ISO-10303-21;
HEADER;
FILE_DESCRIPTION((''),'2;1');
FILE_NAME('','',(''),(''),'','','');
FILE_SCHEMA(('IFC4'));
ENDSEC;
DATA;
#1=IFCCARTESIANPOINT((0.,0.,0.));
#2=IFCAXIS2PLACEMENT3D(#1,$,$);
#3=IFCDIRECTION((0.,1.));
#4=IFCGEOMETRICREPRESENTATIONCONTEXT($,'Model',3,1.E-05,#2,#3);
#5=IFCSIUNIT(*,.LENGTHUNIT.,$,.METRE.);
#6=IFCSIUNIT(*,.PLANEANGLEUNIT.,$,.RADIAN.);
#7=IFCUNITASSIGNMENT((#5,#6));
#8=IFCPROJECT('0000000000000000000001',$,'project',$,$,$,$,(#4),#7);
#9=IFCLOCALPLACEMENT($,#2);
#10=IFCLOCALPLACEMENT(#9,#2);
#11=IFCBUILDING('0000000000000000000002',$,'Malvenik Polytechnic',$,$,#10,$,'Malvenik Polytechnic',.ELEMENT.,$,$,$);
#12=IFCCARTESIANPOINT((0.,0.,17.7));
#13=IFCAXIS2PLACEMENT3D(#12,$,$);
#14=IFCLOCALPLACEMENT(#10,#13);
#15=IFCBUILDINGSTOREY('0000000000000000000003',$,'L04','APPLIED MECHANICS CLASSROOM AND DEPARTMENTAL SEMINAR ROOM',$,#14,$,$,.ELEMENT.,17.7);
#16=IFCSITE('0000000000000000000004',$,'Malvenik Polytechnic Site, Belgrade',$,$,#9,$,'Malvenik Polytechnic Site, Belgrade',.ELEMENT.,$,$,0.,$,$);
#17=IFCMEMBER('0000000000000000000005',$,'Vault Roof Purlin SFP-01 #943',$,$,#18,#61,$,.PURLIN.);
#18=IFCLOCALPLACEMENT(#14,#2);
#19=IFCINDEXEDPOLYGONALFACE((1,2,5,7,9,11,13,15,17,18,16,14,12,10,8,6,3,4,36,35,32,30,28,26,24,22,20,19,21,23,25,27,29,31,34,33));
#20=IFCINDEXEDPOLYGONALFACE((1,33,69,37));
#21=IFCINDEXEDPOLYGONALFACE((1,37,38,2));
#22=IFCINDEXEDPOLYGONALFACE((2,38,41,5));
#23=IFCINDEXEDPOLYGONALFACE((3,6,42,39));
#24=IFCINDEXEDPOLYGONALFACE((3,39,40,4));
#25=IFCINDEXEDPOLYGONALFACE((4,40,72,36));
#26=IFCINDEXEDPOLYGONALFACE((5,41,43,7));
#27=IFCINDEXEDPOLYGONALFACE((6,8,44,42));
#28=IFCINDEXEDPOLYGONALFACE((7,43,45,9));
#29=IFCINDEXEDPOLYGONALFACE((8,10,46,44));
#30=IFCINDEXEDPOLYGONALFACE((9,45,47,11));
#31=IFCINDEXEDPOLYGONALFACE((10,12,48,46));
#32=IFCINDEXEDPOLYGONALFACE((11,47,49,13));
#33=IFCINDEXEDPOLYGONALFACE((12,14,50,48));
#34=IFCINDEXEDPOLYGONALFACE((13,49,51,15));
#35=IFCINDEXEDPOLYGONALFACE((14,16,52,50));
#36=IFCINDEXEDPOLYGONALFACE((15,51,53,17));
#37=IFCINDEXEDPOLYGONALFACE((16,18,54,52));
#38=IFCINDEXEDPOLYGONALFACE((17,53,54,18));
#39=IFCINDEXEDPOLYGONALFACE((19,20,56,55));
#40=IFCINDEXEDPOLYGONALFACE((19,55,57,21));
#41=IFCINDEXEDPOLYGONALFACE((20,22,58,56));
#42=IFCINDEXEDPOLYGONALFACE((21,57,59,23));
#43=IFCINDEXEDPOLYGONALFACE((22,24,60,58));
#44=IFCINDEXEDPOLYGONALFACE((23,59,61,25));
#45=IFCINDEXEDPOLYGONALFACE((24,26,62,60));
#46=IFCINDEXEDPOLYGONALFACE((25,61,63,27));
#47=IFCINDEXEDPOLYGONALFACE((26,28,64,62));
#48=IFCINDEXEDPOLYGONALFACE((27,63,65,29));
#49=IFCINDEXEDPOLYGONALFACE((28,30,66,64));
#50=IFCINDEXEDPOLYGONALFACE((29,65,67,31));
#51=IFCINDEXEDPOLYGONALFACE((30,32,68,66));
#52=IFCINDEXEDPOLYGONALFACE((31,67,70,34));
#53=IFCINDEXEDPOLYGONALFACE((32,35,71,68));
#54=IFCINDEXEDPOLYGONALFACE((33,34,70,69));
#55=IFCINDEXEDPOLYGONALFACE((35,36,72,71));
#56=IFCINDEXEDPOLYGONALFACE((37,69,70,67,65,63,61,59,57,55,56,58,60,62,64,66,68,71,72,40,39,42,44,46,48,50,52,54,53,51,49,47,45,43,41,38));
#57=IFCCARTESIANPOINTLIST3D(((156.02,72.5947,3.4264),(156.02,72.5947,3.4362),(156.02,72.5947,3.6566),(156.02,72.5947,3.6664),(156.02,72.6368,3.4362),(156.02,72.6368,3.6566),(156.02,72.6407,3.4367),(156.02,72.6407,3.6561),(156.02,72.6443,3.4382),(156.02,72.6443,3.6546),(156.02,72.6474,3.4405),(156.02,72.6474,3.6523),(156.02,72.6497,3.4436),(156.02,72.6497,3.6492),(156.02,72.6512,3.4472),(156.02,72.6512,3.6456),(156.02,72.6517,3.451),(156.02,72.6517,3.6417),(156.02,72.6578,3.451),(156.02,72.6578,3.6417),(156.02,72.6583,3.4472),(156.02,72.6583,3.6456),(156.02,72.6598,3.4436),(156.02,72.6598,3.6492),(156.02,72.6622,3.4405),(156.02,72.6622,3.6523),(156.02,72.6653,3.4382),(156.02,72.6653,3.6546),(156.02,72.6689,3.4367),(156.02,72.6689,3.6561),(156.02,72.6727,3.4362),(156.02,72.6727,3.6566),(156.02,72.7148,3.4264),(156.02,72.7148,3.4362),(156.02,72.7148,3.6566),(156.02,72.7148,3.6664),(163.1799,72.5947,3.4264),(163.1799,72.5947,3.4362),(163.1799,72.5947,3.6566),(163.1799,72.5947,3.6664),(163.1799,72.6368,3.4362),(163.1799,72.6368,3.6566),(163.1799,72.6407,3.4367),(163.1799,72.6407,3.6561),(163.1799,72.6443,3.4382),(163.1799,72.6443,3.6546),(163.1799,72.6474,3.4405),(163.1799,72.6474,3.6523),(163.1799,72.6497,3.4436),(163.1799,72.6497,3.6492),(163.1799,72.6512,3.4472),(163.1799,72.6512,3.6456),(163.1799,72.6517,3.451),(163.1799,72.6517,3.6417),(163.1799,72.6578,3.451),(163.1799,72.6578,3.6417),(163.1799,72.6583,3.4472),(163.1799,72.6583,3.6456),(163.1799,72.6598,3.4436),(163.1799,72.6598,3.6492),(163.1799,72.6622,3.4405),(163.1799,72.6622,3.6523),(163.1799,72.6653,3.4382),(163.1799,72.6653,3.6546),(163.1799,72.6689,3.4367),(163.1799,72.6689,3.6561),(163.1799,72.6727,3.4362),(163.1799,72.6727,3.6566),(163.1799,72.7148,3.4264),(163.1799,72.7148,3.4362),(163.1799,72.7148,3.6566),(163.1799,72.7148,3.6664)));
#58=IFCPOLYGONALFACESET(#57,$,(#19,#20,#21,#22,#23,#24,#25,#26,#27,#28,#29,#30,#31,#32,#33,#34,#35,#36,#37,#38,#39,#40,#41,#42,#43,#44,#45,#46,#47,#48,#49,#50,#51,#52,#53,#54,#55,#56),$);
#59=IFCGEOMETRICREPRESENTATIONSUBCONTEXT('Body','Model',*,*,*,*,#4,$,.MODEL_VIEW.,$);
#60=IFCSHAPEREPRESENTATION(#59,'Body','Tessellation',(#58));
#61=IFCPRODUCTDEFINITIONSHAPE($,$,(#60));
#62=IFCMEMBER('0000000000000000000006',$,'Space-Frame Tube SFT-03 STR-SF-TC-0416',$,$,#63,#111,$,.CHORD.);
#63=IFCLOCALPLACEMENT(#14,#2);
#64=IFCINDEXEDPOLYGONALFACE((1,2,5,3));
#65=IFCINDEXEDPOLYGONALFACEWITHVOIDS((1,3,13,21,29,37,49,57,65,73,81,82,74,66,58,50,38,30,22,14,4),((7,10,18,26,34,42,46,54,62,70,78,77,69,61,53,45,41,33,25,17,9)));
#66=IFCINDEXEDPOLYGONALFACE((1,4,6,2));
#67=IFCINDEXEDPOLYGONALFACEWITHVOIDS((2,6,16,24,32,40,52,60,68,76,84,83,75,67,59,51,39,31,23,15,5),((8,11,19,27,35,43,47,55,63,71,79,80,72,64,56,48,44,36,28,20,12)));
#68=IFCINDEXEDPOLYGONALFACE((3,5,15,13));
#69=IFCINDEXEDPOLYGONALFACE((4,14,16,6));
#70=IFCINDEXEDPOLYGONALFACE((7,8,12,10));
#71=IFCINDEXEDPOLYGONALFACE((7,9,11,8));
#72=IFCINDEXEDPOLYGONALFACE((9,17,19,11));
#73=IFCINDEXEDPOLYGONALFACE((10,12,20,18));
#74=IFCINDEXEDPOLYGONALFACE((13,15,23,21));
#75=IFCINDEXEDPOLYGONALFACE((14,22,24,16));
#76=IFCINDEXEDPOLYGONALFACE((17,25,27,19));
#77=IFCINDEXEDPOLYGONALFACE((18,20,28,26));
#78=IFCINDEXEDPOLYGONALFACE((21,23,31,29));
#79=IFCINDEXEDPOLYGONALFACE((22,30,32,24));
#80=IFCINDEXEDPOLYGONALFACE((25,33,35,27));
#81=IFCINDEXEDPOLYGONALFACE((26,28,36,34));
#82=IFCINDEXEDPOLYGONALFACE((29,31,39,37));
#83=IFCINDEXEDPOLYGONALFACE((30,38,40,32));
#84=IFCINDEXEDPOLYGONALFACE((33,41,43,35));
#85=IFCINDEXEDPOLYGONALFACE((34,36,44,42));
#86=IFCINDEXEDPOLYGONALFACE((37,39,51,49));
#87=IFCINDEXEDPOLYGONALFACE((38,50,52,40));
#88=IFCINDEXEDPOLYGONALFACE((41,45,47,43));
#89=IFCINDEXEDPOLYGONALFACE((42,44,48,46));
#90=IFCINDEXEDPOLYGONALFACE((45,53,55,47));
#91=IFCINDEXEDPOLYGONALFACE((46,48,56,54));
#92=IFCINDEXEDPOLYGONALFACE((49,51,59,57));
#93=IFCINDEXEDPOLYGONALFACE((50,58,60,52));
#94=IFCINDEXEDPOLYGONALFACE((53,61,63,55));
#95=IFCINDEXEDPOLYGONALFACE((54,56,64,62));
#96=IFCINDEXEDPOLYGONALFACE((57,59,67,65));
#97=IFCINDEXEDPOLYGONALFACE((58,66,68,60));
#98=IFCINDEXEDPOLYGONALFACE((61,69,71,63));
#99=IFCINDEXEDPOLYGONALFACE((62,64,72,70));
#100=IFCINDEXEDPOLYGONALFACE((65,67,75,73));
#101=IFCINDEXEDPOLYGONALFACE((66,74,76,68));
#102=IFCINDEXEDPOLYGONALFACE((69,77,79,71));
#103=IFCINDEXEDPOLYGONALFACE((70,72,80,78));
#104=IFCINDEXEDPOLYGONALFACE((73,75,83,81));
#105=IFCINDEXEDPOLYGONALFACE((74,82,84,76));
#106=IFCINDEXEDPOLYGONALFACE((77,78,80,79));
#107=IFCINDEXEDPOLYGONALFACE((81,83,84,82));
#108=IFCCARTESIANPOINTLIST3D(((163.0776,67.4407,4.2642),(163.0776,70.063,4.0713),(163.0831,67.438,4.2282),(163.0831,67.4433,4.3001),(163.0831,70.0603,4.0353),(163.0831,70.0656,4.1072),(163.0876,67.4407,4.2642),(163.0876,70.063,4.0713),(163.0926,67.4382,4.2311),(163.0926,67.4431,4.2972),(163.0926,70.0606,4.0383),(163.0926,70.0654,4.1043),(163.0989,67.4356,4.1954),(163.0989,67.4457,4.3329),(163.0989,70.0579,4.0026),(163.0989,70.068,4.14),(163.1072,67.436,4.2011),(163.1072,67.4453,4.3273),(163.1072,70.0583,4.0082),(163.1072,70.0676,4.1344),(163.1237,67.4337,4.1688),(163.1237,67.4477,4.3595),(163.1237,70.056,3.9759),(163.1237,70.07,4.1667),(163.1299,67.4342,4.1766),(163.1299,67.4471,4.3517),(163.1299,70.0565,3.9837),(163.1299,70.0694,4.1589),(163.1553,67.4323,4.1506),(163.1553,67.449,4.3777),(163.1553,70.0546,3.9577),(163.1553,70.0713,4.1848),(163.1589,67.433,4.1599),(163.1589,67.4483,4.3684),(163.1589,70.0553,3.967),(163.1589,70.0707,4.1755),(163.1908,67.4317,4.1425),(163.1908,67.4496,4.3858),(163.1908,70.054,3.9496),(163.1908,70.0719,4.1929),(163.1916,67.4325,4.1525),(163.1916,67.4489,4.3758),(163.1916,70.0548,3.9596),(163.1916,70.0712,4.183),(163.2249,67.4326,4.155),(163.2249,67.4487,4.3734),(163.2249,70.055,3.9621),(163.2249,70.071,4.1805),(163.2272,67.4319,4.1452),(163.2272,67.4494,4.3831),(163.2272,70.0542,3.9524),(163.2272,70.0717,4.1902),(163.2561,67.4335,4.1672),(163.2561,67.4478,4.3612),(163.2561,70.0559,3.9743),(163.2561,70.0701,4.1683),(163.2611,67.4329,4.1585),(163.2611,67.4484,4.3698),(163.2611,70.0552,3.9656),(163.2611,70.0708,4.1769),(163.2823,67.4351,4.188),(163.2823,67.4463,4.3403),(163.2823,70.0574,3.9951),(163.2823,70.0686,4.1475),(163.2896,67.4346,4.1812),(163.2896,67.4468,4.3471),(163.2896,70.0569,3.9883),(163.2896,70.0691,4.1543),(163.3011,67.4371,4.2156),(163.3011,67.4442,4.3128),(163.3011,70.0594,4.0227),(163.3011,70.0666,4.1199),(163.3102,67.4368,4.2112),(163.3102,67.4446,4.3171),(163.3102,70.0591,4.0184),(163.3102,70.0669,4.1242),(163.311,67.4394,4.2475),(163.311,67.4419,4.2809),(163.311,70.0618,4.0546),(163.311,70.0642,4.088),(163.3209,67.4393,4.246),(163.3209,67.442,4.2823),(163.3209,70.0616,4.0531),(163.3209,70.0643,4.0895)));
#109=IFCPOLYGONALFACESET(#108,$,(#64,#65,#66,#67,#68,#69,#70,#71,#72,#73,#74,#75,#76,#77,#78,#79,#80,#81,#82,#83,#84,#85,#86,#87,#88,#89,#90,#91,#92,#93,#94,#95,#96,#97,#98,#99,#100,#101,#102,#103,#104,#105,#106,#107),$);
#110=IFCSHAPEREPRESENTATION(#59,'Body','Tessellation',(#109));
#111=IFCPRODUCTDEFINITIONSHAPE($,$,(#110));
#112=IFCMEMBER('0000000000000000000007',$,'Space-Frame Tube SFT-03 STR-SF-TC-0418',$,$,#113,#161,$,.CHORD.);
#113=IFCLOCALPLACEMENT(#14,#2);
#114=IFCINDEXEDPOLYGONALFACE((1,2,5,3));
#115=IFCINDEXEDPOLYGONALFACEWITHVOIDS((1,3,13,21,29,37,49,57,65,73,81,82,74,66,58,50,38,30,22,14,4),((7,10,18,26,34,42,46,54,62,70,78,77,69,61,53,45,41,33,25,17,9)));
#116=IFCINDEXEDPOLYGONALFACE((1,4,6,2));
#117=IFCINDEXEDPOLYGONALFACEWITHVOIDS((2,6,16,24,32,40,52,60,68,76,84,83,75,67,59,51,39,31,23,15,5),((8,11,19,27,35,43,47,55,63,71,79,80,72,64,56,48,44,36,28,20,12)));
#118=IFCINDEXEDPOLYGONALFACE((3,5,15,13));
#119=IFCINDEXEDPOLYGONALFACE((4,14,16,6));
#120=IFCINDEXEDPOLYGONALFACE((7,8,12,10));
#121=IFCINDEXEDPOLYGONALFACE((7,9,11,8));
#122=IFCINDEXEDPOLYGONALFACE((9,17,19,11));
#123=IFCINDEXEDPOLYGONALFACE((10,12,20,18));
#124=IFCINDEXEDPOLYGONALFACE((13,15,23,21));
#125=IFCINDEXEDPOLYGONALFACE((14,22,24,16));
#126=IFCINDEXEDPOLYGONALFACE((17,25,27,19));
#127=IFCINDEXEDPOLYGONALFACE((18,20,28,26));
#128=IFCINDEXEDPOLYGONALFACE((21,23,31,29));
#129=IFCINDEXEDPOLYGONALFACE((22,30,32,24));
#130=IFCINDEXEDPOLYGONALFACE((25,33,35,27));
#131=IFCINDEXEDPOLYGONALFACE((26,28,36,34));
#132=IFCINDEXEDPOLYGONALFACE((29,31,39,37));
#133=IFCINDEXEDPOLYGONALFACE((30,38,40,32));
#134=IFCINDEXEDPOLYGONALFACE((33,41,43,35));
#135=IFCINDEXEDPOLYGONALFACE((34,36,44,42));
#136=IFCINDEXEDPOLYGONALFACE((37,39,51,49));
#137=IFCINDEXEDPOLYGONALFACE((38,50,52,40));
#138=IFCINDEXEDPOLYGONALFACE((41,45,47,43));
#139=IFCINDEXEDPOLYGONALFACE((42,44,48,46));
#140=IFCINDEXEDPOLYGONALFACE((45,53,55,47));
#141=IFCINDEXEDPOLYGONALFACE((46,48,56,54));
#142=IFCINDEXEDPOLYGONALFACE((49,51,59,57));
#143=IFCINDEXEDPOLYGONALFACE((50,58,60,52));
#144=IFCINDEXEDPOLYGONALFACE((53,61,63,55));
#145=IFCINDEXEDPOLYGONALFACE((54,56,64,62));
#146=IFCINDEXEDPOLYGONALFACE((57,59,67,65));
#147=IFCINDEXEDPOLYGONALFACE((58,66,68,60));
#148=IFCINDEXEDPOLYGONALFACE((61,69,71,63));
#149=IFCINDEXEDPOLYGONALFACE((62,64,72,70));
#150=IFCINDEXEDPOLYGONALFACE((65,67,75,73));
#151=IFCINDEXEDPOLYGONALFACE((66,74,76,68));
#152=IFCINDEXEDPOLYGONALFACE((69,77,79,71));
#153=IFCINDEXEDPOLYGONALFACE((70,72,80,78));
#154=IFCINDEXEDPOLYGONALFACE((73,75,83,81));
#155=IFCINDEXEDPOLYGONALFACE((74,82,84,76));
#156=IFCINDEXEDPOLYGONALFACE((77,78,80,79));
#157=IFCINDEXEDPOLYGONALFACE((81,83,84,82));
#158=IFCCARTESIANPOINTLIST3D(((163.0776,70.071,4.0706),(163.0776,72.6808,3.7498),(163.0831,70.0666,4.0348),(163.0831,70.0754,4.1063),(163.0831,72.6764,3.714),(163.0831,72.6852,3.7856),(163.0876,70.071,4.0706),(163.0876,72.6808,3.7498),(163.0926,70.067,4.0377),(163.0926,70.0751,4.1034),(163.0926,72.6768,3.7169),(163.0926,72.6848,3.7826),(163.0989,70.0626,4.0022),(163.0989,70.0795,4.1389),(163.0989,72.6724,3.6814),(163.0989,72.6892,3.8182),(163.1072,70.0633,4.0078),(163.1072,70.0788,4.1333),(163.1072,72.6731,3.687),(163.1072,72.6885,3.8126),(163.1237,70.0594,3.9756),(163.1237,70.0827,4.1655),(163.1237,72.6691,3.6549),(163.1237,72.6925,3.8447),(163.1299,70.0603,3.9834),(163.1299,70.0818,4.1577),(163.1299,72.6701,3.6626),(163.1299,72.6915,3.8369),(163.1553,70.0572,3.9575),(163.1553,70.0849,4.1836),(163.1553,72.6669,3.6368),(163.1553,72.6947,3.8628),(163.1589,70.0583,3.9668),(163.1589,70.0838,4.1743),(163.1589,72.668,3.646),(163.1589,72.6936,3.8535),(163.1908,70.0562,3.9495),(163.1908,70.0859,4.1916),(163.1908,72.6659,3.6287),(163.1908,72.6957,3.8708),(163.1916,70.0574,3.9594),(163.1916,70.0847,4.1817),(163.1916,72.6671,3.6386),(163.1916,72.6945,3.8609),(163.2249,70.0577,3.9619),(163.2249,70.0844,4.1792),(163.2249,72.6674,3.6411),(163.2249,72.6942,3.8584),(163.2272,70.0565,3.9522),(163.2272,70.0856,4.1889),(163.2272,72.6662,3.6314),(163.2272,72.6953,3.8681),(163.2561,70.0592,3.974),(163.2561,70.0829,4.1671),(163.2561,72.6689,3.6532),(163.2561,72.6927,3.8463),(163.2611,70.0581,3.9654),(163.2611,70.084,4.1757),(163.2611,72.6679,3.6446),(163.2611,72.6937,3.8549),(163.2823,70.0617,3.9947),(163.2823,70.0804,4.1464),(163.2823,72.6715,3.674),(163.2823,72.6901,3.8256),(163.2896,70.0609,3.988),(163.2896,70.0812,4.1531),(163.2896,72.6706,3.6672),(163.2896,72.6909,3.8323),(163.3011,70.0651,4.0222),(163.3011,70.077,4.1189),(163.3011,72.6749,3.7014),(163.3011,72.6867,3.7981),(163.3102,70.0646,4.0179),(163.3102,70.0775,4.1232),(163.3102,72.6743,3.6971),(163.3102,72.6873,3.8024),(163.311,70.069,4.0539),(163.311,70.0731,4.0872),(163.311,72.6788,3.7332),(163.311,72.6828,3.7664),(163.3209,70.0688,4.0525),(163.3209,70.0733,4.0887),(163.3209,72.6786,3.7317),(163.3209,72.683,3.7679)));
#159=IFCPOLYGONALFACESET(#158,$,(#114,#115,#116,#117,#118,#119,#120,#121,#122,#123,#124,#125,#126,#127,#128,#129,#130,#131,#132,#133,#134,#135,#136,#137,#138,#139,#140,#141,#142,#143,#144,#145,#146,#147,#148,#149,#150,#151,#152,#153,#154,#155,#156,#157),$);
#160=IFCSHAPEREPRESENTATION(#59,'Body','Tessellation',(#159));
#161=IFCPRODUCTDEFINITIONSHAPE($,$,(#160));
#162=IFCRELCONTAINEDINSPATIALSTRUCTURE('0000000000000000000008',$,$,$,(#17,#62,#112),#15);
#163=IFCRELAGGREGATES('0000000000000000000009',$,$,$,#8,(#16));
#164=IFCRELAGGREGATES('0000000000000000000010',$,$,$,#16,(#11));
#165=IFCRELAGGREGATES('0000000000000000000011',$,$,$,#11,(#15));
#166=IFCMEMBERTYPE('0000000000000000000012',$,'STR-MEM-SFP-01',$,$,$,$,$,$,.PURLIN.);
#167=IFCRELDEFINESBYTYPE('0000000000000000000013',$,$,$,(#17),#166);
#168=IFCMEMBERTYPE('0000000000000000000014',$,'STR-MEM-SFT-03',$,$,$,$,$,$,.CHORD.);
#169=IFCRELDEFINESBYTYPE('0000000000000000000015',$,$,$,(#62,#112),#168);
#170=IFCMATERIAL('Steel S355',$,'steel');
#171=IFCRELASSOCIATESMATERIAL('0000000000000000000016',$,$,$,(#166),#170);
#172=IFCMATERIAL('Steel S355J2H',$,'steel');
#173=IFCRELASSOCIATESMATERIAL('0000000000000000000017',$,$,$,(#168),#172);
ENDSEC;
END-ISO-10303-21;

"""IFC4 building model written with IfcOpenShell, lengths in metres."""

from ifc_helpers import new_model, si_unit, direction, frame, origin, origin_2d, place, context, subcontext, project, spatial, hollow_circle, i_section, extrude, material, material_profile, profile_set, type_object, element, save


model = new_model("IFC4")

# Units and contexts
model_context = context("Model", 3, precision=1e-05, world=origin(), true_north=direction((0.0, 1.0)))
body_context = subcontext(model_context, "Body", "Model", "MODEL_VIEW")
ifc_project = project(units=[si_unit("LENGTHUNIT", "METRE"), si_unit("PLANEANGLEUNIT", "RADIAN")], contexts=[model_context])

# Site, building, storey
site_placement = place(None, origin())
site = spatial("IfcSite", under=ifc_project, at=site_placement, Name="Malvenik Polytechnic Site, Belgrade", LongName="Malvenik Polytechnic Site, Belgrade", CompositionType="ELEMENT", RefElevation=0.0)
building_placement = place(site_placement, origin())
building = spatial("IfcBuilding", under=site, at=building_placement, Name="Malvenik Polytechnic", LongName="Malvenik Polytechnic", CompositionType="ELEMENT")
storey_placement = place(building_placement, frame((0.0, 0.0, 17.7)))
storey = spatial("IfcBuildingStorey", under=building, at=storey_placement, Name="L04", Description="APPLIED MECHANICS CLASSROOM AND DEPARTMENTAL SEMINAR ROOM", CompositionType="ELEMENT", Elevation=17.7)

# Members
ifc_material_1 = material(Name="Steel S355J2H", Category="steel")
ifc_material_2 = material(Name="Steel S355", Category="steel")
ifc_material_profile_1 = material_profile(ifc_material_2, i_section(OverallWidth=0.1201, OverallDepth=0.24, WebThickness=0.0061, FlangeThickness=0.0098, FilletRadius=0.0149, at=origin_2d()), Name="IPE 240")
ifc_profile_set_1 = profile_set([ifc_material_profile_1], Name="Steel S355")
member_type_1 = type_object("IfcMemberType", Name="STR-MEM-SFP-01", PredefinedType="PURLIN", material=ifc_profile_set_1)
member_1_placement = place(storey_placement, frame((156.02, 72.6548, 3.5464), z_axis=(1.0, 0.0, 0.0), x_axis=(0.0, 1.0, 0.0)))
element("IfcMember", 1, at=member_1_placement, inside=storey, type_object=member_type_1, Name="Vault Roof Purlin SFP-01 #943", PredefinedType="PURLIN", context=body_context, shape_type="SweptSolid", body=[
    extrude(i_section(OverallWidth=0.1201, OverallDepth=0.24, WebThickness=0.0061, FlangeThickness=0.0098, FilletRadius=0.0149, at=origin_2d()), origin(), (0.0, 0.0, 1.0), 7.1599),
])
ifc_material_profile_2 = material_profile(ifc_material_1, hollow_circle(Radius=0.1223, WallThickness=0.01, at=origin_2d()), Name="CHS 244.5x10.0")
ifc_profile_set_2 = profile_set([ifc_material_profile_2], Name="Steel S355J2H")
member_type_2 = type_object("IfcMemberType", Name="STR-MEM-SFT-03", PredefinedType="CHORD", material=ifc_profile_set_2)
for number, where, z_axis, x_axis, name in (
    (2, (163.2, 67.4407, 4.2642), (0.0, 0.997306, -0.073352), (-1.0, 0.0, 0.0), "Space-Frame Tube SFT-03 STR-SF-TC-0416"),
    (3, (163.2, 70.071, 4.0706), (0.0, 0.99253, -0.122), (-1.0, 0.0, 0.0), "Space-Frame Tube SFT-03 STR-SF-TC-0418"),
):
    element("IfcMember", number, at=place(storey_placement, frame(where, z_axis=z_axis, x_axis=x_axis)), inside=storey, type_object=member_type_2, Name=name, PredefinedType="CHORD", context=body_context, shape_type="SweptSolid", body=[
        extrude(hollow_circle(Radius=0.1223, WallThickness=0.01, at=origin_2d()), origin(), (0.0, 0.0, 1.0), 2.6294),
    ])

save(model, "model.ifc")
